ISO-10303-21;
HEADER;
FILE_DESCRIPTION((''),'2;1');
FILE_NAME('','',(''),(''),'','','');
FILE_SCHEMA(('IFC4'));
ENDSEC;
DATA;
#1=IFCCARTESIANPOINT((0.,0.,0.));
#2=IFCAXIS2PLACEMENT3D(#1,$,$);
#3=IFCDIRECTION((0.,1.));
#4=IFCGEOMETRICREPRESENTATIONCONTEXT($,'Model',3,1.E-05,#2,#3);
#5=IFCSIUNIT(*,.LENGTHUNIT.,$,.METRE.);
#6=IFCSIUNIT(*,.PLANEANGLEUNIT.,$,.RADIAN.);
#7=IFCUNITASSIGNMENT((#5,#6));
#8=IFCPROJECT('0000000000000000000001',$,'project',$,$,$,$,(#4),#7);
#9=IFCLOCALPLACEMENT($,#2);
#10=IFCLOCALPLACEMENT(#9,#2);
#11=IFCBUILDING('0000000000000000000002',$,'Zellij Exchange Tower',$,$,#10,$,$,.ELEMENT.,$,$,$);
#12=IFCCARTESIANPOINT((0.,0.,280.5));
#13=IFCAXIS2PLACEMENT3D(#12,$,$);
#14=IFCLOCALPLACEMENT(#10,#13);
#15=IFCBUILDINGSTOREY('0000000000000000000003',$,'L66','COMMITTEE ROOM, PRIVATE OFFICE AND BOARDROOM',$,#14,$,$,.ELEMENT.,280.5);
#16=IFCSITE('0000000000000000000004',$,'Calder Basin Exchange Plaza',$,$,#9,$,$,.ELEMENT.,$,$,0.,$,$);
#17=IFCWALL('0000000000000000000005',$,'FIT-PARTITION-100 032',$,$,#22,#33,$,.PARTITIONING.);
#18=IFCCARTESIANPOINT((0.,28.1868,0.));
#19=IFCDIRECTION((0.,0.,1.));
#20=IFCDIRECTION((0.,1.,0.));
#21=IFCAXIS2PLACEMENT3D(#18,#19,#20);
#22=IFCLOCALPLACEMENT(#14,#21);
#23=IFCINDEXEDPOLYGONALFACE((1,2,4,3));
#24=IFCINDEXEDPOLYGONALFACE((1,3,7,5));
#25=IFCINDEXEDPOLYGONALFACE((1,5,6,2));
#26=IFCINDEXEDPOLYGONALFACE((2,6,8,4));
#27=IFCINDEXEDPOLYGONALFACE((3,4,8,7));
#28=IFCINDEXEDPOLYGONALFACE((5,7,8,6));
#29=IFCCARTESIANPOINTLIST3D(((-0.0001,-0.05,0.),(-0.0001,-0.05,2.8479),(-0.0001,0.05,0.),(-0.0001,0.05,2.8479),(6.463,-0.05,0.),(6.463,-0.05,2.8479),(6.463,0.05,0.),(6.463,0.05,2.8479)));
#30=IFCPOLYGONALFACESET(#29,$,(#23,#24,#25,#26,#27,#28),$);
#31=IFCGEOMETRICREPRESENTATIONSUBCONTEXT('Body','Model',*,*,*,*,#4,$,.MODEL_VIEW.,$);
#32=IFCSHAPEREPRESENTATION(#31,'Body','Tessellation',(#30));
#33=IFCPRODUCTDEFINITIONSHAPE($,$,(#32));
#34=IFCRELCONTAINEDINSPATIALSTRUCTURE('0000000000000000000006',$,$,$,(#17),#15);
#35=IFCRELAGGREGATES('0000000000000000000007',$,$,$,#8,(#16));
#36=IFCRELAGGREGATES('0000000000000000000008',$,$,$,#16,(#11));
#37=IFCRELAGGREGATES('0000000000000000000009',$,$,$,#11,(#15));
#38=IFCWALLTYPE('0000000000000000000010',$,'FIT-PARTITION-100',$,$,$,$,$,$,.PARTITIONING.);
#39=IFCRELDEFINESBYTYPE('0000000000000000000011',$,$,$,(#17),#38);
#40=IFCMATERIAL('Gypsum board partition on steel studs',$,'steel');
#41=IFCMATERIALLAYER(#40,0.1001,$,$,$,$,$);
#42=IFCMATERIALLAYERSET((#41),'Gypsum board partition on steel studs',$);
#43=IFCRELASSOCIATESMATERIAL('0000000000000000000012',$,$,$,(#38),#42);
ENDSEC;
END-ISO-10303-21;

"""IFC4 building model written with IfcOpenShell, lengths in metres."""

from ifc_helpers import new_model, si_unit, direction, frame, frame_2d, origin, place, context, subcontext, project, spatial, rectangle, extrude, material, layer, layer_set, type_object, element, save


model = new_model("IFC4")

# Units and contexts
model_context = context("Model", 3, precision=1e-05, world=origin(), true_north=direction((0.0, 1.0)))
body_context = subcontext(model_context, "Body", "Model", "MODEL_VIEW")
ifc_project = project(units=[si_unit("LENGTHUNIT", "METRE"), si_unit("PLANEANGLEUNIT", "RADIAN")], contexts=[model_context])

# Site, building, storey
site_placement = place(None, origin())
site = spatial("IfcSite", under=ifc_project, at=site_placement, Name="Calder Basin Exchange Plaza", CompositionType="ELEMENT", RefElevation=0.0)
building_placement = place(site_placement, origin())
building = spatial("IfcBuilding", under=site, at=building_placement, Name="Zellij Exchange Tower", CompositionType="ELEMENT")
storey_placement = place(building_placement, frame((0.0, 0.0, 280.5)))
storey = spatial("IfcBuildingStorey", under=building, at=storey_placement, Name="L66", Description="COMMITTEE ROOM, PRIVATE OFFICE AND BOARDROOM", CompositionType="ELEMENT", Elevation=280.5)

# Wall
ifc_material_1 = material(Name="Gypsum board partition on steel studs", Category="steel")
ifc_layer_1 = layer(ifc_material_1, 0.1001)
ifc_layer_set_1 = layer_set([ifc_layer_1], Name="Gypsum board partition on steel studs")
wall_type = type_object("IfcWallType", Name="FIT-PARTITION-100", PredefinedType="PARTITIONING", material=ifc_layer_set_1)
wall_1_placement = place(storey_placement, frame((0.0, 28.1868, 0.0), z_axis=(0.0, 0.0, 1.0), x_axis=(0.0, 1.0, 0.0)))
element("IfcWall", 1, at=wall_1_placement, inside=storey, type_object=wall_type, Name="FIT-PARTITION-100 032", PredefinedType="PARTITIONING", context=body_context, shape_type="SweptSolid", body=[
    extrude(rectangle(XDim=6.4631, YDim=0.1001, at=frame_2d((3.2314, 0.0))), origin(), (0.0, 0.0, 1.0), 2.8479),
])

save(model, "model.ifc")
